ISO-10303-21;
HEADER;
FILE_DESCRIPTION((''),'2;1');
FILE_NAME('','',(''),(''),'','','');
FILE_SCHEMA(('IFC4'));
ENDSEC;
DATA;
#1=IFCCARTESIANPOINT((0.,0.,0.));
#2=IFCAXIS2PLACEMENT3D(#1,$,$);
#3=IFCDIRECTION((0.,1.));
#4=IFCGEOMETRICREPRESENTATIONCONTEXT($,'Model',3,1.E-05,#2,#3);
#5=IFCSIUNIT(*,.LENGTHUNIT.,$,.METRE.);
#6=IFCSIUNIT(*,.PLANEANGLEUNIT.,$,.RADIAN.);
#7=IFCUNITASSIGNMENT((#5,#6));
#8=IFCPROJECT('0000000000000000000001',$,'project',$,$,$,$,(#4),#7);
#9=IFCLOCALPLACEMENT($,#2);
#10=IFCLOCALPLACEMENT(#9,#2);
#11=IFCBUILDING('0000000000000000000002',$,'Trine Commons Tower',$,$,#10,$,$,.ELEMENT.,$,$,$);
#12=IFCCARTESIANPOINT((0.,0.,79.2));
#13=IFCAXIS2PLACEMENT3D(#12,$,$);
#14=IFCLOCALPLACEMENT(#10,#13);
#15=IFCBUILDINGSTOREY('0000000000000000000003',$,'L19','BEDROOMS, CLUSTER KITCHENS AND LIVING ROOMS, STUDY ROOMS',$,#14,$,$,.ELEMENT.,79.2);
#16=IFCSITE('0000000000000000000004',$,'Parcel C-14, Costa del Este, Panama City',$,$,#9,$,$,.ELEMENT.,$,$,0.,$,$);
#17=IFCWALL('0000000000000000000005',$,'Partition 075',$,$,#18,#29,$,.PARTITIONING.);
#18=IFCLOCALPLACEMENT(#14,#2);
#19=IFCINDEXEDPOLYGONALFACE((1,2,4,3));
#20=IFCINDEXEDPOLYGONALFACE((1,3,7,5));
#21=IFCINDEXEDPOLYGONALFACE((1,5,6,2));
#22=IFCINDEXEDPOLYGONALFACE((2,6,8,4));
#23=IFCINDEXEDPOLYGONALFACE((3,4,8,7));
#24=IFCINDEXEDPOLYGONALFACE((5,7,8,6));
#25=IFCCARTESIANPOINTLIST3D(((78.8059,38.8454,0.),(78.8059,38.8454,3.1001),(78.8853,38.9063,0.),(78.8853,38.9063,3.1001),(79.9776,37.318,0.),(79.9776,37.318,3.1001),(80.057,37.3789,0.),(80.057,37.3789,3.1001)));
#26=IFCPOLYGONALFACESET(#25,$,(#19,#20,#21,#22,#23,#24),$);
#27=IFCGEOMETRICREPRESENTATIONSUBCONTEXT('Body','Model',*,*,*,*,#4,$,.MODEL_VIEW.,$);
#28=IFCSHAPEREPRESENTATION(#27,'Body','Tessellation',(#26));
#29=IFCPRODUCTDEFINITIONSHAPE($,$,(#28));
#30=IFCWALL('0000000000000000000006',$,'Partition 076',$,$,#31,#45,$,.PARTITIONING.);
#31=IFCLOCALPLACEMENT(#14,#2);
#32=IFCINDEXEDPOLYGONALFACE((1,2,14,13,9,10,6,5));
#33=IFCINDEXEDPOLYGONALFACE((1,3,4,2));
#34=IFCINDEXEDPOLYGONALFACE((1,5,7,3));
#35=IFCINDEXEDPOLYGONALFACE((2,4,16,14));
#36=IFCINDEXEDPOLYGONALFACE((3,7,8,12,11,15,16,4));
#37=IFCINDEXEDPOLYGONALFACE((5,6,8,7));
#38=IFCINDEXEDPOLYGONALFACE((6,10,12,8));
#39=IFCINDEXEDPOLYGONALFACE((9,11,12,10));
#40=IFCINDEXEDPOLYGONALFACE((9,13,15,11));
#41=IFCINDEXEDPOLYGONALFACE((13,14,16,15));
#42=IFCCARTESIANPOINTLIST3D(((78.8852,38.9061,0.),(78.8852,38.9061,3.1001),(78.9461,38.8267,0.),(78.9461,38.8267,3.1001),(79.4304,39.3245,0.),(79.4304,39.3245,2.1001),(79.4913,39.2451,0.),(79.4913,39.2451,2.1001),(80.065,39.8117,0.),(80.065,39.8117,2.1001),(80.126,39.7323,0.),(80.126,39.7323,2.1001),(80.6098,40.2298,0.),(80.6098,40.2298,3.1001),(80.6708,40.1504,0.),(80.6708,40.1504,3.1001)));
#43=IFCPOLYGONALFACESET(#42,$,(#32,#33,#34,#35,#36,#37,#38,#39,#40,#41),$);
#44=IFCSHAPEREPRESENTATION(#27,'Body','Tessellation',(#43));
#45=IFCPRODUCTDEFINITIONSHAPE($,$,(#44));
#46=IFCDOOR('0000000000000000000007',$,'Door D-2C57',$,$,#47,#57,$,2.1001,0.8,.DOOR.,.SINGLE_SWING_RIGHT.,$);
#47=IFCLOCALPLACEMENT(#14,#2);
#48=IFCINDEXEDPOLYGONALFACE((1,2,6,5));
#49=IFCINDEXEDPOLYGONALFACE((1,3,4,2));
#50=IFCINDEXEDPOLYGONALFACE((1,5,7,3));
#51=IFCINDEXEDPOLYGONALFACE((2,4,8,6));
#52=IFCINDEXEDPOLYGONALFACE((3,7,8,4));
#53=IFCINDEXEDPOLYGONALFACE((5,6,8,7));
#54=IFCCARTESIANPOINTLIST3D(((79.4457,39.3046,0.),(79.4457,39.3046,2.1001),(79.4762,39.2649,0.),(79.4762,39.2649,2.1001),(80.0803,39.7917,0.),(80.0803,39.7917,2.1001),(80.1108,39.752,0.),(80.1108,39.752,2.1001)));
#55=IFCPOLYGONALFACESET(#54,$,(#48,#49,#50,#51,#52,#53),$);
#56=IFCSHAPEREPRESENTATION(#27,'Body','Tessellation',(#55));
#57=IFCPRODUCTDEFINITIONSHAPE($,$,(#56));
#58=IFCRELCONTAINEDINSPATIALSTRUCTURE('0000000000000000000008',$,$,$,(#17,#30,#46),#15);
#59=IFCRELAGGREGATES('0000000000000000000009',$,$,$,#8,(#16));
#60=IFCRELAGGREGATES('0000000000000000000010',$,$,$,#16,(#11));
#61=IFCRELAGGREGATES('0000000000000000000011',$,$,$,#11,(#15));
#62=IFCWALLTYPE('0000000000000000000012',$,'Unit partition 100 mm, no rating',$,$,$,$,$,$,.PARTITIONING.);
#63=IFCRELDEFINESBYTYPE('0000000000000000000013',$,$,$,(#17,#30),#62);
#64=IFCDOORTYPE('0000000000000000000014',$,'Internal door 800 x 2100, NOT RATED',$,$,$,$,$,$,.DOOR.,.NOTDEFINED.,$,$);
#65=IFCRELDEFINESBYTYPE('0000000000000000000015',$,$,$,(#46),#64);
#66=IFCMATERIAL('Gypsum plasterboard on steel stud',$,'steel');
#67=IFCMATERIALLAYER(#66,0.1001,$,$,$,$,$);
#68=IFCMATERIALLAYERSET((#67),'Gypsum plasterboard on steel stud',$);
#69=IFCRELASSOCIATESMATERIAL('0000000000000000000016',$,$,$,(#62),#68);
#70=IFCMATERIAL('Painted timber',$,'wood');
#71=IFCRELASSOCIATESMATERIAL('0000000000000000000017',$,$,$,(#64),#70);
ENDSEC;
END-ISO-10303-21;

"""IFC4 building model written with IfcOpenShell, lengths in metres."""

from ifc_helpers import new_model, si_unit, direction, frame, frame_2d, origin, place, context, subcontext, project, spatial, rectangle, extrude, material, layer, layer_set, type_object, element, fill, save


model = new_model("IFC4")

# Units and contexts
model_context = context("Model", 3, precision=1e-05, world=origin(), true_north=direction((0.0, 1.0)))
body_context = subcontext(model_context, "Body", "Model", "MODEL_VIEW")
ifc_project = project(units=[si_unit("LENGTHUNIT", "METRE"), si_unit("PLANEANGLEUNIT", "RADIAN")], contexts=[model_context])

# Site, building, storey
site_placement = place(None, origin())
site = spatial("IfcSite", under=ifc_project, at=site_placement, Name="Parcel C-14, Costa del Este, Panama City", CompositionType="ELEMENT", RefElevation=0.0)
building_placement = place(site_placement, origin())
building = spatial("IfcBuilding", under=site, at=building_placement, Name="Trine Commons Tower", CompositionType="ELEMENT")
storey_placement = place(building_placement, frame((0.0, 0.0, 79.2)))
storey = spatial("IfcBuildingStorey", under=building, at=storey_placement, Name="L19", Description="BEDROOMS, CLUSTER KITCHENS AND LIVING ROOMS, STUDY ROOMS", CompositionType="ELEMENT", Elevation=79.2)

# Shared definitions
ifc_material_1 = material(Name="Gypsum plasterboard on steel stud", Category="steel")

# Shared definitions
ifc_layer_1 = layer(ifc_material_1, 0.1001)
ifc_layer_set_1 = layer_set([ifc_layer_1], Name="Gypsum plasterboard on steel stud")
wall_type_1 = type_object("IfcWallType", Name="Unit partition 100 mm, no rating", PredefinedType="PARTITIONING", material=ifc_layer_set_1)
ifc_material_2 = material(Name="Painted timber", Category="wood")
door_type_1 = type_object("IfcDoorType", Name="Internal door 800 x 2100, NOT RATED", OperationType="NOTDEFINED", PredefinedType="DOOR", material=ifc_material_2)

# Wall
wall_1_placement = place(storey_placement, frame((78.8457, 38.8757, 0.0), z_axis=(0.0, 0.0, 1.0), x_axis=(0.60865, -0.793439, 0.0)))
element("IfcWall", 1, at=wall_1_placement, inside=storey, type_object=wall_type_1, Name="Partition 075", PredefinedType="PARTITIONING", context=body_context, shape_type="SweptSolid", body=[
    extrude(rectangle(XDim=1.925, YDim=0.1001, at=frame_2d((0.9624, 0.0))), origin(), (0.0, 0.0, 1.0), 3.1001),
])

# Wall, opening, door
wall_2_placement = place(storey_placement, frame((78.9158, 38.8665, 0.0), z_axis=(0.0, 0.0, 1.0), x_axis=(0.793266, 0.608875, 0.0)))
wall_2 = element("IfcWall", 2, at=wall_2_placement, inside=storey, type_object=wall_type_1, Name="Partition 076", PredefinedType="PARTITIONING", context=body_context, shape_type="SweptSolid", body=[
    extrude(rectangle(XDim=2.1741, YDim=0.1001, at=frame_2d((1.0869, 0.0))), origin(), (0.0, 0.0, 1.0), 3.1001),
])
opening_1_placement = place(wall_2_placement, frame((0.6873, 0.0, 0.0)))
opening_1 = element("IfcOpeningElement", 3, at=opening_1_placement, cuts=wall_2, PredefinedType="OPENING", context=body_context, shape_type="SweptSolid", body=[
    extrude(rectangle(XDim=0.8, YDim=2.1001, at=frame_2d((0.3999, 1.05))), frame((0.0, 0.0601, 0.0), z_axis=(0.0, -1.0, 0.0), x_axis=(1.0, 0.0, 0.0)), (0.0, 0.0, 1.0), 0.1201),
])
door_1_placement = place(opening_1_placement, origin())
door_1 = element("IfcDoor", 4, at=door_1_placement, inside=storey, type_object=door_type_1, Name="Door D-2C57", OperationType="SINGLE_SWING_RIGHT", OverallHeight=2.1001, OverallWidth=0.8, PredefinedType="DOOR", context=body_context, shape_type="SweptSolid", body=[
    extrude(rectangle(XDim=0.8, YDim=2.1001, at=frame_2d((0.3999, 1.05))), frame((0.0, 0.0249, 0.0), z_axis=(0.0, -1.0, 0.0), x_axis=(1.0, 0.0, 0.0)), (0.0, 0.0, 1.0), 0.05),
])
fill(opening_1, door_1)

save(model, "model.ifc")
